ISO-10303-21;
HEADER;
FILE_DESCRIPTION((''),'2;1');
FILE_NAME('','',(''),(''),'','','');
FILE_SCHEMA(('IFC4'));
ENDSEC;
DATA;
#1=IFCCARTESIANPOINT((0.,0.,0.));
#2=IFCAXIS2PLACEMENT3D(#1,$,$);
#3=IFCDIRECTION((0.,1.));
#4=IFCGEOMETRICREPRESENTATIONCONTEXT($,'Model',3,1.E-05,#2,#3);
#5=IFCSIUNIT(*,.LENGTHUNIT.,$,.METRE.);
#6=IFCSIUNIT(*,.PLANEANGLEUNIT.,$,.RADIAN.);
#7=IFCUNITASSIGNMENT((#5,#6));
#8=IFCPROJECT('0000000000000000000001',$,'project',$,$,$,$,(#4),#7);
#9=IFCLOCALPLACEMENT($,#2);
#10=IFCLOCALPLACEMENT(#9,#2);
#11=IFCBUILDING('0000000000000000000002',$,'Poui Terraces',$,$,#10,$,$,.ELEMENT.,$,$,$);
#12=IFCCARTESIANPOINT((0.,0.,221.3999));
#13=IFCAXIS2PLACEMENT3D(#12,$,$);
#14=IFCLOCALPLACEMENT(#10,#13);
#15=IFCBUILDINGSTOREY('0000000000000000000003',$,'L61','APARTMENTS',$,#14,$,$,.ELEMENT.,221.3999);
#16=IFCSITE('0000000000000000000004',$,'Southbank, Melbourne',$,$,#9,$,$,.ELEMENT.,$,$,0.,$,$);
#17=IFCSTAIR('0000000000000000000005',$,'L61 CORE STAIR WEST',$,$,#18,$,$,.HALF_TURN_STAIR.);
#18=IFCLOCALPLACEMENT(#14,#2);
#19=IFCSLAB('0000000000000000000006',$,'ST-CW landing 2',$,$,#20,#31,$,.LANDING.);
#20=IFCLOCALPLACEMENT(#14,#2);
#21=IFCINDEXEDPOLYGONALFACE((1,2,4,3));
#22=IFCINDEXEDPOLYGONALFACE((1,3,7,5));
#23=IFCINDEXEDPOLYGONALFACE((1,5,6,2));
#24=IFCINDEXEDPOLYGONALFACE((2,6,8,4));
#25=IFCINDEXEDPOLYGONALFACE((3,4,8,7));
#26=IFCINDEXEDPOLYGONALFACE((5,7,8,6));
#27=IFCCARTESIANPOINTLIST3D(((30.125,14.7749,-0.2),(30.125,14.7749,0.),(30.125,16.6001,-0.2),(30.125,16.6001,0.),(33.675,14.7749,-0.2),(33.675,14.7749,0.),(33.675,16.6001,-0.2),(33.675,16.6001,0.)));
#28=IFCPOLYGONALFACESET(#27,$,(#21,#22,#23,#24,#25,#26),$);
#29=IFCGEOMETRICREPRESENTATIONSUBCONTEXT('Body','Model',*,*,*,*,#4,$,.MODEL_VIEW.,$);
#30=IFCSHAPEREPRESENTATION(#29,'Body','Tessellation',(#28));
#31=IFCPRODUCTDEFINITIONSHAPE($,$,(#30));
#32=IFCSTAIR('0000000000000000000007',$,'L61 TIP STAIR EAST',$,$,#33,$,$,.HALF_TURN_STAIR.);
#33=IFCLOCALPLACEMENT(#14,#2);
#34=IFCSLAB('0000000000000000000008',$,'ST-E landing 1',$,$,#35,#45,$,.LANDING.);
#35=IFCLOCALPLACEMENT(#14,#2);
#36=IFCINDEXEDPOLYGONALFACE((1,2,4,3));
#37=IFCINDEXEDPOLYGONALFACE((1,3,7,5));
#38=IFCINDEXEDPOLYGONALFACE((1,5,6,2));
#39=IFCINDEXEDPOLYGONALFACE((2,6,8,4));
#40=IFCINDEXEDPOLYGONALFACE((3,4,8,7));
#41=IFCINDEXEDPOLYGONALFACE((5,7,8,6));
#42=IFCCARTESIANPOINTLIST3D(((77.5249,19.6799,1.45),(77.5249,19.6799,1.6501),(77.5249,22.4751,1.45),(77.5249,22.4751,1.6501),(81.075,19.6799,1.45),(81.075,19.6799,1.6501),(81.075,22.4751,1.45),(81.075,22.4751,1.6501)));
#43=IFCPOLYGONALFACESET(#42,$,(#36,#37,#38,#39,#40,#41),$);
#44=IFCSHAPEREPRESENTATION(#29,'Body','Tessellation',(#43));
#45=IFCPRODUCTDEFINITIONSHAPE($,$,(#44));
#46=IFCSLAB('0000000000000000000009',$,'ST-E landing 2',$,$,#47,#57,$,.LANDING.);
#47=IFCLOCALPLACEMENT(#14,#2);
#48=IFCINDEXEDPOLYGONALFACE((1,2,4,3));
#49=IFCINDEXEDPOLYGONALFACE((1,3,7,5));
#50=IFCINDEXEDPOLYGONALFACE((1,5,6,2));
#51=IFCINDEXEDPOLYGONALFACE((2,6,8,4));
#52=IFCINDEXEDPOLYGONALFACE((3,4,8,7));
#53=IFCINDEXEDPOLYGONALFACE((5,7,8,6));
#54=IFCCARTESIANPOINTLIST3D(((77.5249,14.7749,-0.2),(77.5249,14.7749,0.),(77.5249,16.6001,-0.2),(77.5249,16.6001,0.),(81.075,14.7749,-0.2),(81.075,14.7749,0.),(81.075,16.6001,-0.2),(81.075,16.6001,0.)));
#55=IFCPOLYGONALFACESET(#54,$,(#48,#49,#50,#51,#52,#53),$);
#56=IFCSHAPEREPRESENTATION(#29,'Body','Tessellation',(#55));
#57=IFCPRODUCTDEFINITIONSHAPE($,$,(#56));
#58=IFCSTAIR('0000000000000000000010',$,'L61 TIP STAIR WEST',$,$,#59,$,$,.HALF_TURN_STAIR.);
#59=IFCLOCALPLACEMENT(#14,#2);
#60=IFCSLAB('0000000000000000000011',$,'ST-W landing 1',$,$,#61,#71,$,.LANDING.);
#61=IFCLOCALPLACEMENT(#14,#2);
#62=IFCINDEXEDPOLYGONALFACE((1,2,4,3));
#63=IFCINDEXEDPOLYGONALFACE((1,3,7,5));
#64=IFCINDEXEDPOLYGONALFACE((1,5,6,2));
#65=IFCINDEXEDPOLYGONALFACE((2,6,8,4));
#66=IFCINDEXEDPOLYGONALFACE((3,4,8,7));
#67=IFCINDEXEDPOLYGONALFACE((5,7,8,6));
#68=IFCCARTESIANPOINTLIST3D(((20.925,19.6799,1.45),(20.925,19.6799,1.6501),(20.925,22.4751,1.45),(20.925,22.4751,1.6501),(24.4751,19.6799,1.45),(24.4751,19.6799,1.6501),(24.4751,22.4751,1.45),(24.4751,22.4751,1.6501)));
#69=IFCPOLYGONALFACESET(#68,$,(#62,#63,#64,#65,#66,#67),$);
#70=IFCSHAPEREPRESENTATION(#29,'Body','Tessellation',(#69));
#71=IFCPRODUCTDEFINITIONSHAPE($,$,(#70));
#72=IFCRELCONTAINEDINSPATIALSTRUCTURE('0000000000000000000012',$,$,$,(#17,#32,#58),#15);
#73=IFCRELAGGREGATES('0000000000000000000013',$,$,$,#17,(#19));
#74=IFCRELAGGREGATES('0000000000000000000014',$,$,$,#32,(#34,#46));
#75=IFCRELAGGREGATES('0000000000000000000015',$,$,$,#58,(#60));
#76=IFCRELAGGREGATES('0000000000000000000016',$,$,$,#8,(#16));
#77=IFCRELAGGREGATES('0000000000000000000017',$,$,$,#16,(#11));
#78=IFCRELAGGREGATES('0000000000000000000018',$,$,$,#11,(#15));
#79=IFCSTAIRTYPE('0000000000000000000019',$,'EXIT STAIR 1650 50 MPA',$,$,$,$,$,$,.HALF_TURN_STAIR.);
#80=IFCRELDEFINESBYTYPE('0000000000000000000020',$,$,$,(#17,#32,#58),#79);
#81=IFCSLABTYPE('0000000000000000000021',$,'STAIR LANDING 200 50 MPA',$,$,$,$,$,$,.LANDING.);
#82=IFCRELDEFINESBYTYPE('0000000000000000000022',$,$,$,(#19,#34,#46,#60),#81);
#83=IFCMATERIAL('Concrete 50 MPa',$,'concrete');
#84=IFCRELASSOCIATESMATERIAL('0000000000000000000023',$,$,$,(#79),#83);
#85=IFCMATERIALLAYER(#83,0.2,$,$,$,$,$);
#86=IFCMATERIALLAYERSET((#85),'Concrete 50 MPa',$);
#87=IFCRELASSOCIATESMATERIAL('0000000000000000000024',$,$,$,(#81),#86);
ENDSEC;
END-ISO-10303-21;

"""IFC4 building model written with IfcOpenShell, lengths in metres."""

from ifc_helpers import new_model, si_unit, direction, frame, origin, place, context, subcontext, project, spatial, polyline, outline, extrude, material, layer, layer_set, type_object, element, aggregate, save


model = new_model("IFC4")

# Units and contexts
model_context = context("Model", 3, precision=1e-05, world=origin(), true_north=direction((0.0, 1.0)))
body_context = subcontext(model_context, "Body", "Model", "MODEL_VIEW")
ifc_project = project(units=[si_unit("LENGTHUNIT", "METRE"), si_unit("PLANEANGLEUNIT", "RADIAN")], contexts=[model_context])

# Site, building, storey
site_placement = place(None, origin())
site = spatial("IfcSite", under=ifc_project, at=site_placement, Name="Southbank, Melbourne", CompositionType="ELEMENT", RefElevation=0.0)
building_placement = place(site_placement, origin())
building = spatial("IfcBuilding", under=site, at=building_placement, Name="Poui Terraces", CompositionType="ELEMENT")
storey_placement = place(building_placement, frame((0.0, 0.0, 221.3999)))
storey = spatial("IfcBuildingStorey", under=building, at=storey_placement, Name="L61", Description="APARTMENTS", CompositionType="ELEMENT", Elevation=221.3999)

# Stair, slab
ifc_material = material(Name="Concrete 50 MPa", Category="concrete")
stair_type = type_object("IfcStairType", Name="EXIT STAIR 1650 50 MPA", PredefinedType="HALF_TURN_STAIR", material=ifc_material)
stair_1_placement = place(storey_placement, origin())
stair_1 = element("IfcStair", 1, at=stair_1_placement, inside=storey, type_object=stair_type, Name="L61 CORE STAIR WEST", PredefinedType="HALF_TURN_STAIR")
ifc_layer = layer(ifc_material, 0.2)
ifc_layer_set = layer_set([ifc_layer], Name="Concrete 50 MPa")
slab_type = type_object("IfcSlabType", Name="STAIR LANDING 200 50 MPA", PredefinedType="LANDING", material=ifc_layer_set)
slab_1_placement = place(storey_placement, frame((0.0, 0.0, -0.2)))
slab_1 = element("IfcSlab", 2, at=slab_1_placement, type_object=slab_type, Name="ST-CW landing 2", PredefinedType="LANDING", context=body_context, shape_type="SweptSolid", body=[
    extrude(outline(polyline([(30.125, 14.7749), (33.675, 14.7749), (33.675, 16.6001), (30.125, 16.6001), (30.125, 14.7749)])), origin(), (0.0, 0.0, 1.0), 0.2),
])
aggregate(stair_1, [slab_1])

# Stair, slabs
stair_2_placement = place(storey_placement, origin())
stair_2 = element("IfcStair", 3, at=stair_2_placement, inside=storey, type_object=stair_type, Name="L61 TIP STAIR EAST", PredefinedType="HALF_TURN_STAIR")
slab_2_placement = place(storey_placement, frame((0.0, 0.0, 1.45)))
slab_2 = element("IfcSlab", 4, at=slab_2_placement, type_object=slab_type, Name="ST-E landing 1", PredefinedType="LANDING", context=body_context, shape_type="SweptSolid", body=[
    extrude(outline(polyline([(77.5249, 19.6799), (81.075, 19.6799), (81.075, 22.4751), (77.5249, 22.4751), (77.5249, 19.6799)])), origin(), (0.0, 0.0, 1.0), 0.2002),
])
slab_3_placement = place(storey_placement, frame((0.0, 0.0, -0.2)))
slab_3 = element("IfcSlab", 5, at=slab_3_placement, type_object=slab_type, Name="ST-E landing 2", PredefinedType="LANDING", context=body_context, shape_type="SweptSolid", body=[
    extrude(outline(polyline([(77.5249, 14.7749), (81.075, 14.7749), (81.075, 16.6001), (77.5249, 16.6001), (77.5249, 14.7749)])), origin(), (0.0, 0.0, 1.0), 0.2),
])
aggregate(stair_2, [slab_2, slab_3])

# Stair, slab
stair_3_placement = place(storey_placement, origin())
stair_3 = element("IfcStair", 6, at=stair_3_placement, inside=storey, type_object=stair_type, Name="L61 TIP STAIR WEST", PredefinedType="HALF_TURN_STAIR")
slab_4_placement = place(storey_placement, frame((0.0, 0.0, 1.45)))
slab_4 = element("IfcSlab", 7, at=slab_4_placement, type_object=slab_type, Name="ST-W landing 1", PredefinedType="LANDING", context=body_context, shape_type="SweptSolid", body=[
    extrude(outline(polyline([(20.925, 19.6799), (24.4751, 19.6799), (24.4751, 22.4751), (20.925, 22.4751), (20.925, 19.6799)])), origin(), (0.0, 0.0, 1.0), 0.2002),
])
aggregate(stair_3, [slab_4])

save(model, "model.ifc")
